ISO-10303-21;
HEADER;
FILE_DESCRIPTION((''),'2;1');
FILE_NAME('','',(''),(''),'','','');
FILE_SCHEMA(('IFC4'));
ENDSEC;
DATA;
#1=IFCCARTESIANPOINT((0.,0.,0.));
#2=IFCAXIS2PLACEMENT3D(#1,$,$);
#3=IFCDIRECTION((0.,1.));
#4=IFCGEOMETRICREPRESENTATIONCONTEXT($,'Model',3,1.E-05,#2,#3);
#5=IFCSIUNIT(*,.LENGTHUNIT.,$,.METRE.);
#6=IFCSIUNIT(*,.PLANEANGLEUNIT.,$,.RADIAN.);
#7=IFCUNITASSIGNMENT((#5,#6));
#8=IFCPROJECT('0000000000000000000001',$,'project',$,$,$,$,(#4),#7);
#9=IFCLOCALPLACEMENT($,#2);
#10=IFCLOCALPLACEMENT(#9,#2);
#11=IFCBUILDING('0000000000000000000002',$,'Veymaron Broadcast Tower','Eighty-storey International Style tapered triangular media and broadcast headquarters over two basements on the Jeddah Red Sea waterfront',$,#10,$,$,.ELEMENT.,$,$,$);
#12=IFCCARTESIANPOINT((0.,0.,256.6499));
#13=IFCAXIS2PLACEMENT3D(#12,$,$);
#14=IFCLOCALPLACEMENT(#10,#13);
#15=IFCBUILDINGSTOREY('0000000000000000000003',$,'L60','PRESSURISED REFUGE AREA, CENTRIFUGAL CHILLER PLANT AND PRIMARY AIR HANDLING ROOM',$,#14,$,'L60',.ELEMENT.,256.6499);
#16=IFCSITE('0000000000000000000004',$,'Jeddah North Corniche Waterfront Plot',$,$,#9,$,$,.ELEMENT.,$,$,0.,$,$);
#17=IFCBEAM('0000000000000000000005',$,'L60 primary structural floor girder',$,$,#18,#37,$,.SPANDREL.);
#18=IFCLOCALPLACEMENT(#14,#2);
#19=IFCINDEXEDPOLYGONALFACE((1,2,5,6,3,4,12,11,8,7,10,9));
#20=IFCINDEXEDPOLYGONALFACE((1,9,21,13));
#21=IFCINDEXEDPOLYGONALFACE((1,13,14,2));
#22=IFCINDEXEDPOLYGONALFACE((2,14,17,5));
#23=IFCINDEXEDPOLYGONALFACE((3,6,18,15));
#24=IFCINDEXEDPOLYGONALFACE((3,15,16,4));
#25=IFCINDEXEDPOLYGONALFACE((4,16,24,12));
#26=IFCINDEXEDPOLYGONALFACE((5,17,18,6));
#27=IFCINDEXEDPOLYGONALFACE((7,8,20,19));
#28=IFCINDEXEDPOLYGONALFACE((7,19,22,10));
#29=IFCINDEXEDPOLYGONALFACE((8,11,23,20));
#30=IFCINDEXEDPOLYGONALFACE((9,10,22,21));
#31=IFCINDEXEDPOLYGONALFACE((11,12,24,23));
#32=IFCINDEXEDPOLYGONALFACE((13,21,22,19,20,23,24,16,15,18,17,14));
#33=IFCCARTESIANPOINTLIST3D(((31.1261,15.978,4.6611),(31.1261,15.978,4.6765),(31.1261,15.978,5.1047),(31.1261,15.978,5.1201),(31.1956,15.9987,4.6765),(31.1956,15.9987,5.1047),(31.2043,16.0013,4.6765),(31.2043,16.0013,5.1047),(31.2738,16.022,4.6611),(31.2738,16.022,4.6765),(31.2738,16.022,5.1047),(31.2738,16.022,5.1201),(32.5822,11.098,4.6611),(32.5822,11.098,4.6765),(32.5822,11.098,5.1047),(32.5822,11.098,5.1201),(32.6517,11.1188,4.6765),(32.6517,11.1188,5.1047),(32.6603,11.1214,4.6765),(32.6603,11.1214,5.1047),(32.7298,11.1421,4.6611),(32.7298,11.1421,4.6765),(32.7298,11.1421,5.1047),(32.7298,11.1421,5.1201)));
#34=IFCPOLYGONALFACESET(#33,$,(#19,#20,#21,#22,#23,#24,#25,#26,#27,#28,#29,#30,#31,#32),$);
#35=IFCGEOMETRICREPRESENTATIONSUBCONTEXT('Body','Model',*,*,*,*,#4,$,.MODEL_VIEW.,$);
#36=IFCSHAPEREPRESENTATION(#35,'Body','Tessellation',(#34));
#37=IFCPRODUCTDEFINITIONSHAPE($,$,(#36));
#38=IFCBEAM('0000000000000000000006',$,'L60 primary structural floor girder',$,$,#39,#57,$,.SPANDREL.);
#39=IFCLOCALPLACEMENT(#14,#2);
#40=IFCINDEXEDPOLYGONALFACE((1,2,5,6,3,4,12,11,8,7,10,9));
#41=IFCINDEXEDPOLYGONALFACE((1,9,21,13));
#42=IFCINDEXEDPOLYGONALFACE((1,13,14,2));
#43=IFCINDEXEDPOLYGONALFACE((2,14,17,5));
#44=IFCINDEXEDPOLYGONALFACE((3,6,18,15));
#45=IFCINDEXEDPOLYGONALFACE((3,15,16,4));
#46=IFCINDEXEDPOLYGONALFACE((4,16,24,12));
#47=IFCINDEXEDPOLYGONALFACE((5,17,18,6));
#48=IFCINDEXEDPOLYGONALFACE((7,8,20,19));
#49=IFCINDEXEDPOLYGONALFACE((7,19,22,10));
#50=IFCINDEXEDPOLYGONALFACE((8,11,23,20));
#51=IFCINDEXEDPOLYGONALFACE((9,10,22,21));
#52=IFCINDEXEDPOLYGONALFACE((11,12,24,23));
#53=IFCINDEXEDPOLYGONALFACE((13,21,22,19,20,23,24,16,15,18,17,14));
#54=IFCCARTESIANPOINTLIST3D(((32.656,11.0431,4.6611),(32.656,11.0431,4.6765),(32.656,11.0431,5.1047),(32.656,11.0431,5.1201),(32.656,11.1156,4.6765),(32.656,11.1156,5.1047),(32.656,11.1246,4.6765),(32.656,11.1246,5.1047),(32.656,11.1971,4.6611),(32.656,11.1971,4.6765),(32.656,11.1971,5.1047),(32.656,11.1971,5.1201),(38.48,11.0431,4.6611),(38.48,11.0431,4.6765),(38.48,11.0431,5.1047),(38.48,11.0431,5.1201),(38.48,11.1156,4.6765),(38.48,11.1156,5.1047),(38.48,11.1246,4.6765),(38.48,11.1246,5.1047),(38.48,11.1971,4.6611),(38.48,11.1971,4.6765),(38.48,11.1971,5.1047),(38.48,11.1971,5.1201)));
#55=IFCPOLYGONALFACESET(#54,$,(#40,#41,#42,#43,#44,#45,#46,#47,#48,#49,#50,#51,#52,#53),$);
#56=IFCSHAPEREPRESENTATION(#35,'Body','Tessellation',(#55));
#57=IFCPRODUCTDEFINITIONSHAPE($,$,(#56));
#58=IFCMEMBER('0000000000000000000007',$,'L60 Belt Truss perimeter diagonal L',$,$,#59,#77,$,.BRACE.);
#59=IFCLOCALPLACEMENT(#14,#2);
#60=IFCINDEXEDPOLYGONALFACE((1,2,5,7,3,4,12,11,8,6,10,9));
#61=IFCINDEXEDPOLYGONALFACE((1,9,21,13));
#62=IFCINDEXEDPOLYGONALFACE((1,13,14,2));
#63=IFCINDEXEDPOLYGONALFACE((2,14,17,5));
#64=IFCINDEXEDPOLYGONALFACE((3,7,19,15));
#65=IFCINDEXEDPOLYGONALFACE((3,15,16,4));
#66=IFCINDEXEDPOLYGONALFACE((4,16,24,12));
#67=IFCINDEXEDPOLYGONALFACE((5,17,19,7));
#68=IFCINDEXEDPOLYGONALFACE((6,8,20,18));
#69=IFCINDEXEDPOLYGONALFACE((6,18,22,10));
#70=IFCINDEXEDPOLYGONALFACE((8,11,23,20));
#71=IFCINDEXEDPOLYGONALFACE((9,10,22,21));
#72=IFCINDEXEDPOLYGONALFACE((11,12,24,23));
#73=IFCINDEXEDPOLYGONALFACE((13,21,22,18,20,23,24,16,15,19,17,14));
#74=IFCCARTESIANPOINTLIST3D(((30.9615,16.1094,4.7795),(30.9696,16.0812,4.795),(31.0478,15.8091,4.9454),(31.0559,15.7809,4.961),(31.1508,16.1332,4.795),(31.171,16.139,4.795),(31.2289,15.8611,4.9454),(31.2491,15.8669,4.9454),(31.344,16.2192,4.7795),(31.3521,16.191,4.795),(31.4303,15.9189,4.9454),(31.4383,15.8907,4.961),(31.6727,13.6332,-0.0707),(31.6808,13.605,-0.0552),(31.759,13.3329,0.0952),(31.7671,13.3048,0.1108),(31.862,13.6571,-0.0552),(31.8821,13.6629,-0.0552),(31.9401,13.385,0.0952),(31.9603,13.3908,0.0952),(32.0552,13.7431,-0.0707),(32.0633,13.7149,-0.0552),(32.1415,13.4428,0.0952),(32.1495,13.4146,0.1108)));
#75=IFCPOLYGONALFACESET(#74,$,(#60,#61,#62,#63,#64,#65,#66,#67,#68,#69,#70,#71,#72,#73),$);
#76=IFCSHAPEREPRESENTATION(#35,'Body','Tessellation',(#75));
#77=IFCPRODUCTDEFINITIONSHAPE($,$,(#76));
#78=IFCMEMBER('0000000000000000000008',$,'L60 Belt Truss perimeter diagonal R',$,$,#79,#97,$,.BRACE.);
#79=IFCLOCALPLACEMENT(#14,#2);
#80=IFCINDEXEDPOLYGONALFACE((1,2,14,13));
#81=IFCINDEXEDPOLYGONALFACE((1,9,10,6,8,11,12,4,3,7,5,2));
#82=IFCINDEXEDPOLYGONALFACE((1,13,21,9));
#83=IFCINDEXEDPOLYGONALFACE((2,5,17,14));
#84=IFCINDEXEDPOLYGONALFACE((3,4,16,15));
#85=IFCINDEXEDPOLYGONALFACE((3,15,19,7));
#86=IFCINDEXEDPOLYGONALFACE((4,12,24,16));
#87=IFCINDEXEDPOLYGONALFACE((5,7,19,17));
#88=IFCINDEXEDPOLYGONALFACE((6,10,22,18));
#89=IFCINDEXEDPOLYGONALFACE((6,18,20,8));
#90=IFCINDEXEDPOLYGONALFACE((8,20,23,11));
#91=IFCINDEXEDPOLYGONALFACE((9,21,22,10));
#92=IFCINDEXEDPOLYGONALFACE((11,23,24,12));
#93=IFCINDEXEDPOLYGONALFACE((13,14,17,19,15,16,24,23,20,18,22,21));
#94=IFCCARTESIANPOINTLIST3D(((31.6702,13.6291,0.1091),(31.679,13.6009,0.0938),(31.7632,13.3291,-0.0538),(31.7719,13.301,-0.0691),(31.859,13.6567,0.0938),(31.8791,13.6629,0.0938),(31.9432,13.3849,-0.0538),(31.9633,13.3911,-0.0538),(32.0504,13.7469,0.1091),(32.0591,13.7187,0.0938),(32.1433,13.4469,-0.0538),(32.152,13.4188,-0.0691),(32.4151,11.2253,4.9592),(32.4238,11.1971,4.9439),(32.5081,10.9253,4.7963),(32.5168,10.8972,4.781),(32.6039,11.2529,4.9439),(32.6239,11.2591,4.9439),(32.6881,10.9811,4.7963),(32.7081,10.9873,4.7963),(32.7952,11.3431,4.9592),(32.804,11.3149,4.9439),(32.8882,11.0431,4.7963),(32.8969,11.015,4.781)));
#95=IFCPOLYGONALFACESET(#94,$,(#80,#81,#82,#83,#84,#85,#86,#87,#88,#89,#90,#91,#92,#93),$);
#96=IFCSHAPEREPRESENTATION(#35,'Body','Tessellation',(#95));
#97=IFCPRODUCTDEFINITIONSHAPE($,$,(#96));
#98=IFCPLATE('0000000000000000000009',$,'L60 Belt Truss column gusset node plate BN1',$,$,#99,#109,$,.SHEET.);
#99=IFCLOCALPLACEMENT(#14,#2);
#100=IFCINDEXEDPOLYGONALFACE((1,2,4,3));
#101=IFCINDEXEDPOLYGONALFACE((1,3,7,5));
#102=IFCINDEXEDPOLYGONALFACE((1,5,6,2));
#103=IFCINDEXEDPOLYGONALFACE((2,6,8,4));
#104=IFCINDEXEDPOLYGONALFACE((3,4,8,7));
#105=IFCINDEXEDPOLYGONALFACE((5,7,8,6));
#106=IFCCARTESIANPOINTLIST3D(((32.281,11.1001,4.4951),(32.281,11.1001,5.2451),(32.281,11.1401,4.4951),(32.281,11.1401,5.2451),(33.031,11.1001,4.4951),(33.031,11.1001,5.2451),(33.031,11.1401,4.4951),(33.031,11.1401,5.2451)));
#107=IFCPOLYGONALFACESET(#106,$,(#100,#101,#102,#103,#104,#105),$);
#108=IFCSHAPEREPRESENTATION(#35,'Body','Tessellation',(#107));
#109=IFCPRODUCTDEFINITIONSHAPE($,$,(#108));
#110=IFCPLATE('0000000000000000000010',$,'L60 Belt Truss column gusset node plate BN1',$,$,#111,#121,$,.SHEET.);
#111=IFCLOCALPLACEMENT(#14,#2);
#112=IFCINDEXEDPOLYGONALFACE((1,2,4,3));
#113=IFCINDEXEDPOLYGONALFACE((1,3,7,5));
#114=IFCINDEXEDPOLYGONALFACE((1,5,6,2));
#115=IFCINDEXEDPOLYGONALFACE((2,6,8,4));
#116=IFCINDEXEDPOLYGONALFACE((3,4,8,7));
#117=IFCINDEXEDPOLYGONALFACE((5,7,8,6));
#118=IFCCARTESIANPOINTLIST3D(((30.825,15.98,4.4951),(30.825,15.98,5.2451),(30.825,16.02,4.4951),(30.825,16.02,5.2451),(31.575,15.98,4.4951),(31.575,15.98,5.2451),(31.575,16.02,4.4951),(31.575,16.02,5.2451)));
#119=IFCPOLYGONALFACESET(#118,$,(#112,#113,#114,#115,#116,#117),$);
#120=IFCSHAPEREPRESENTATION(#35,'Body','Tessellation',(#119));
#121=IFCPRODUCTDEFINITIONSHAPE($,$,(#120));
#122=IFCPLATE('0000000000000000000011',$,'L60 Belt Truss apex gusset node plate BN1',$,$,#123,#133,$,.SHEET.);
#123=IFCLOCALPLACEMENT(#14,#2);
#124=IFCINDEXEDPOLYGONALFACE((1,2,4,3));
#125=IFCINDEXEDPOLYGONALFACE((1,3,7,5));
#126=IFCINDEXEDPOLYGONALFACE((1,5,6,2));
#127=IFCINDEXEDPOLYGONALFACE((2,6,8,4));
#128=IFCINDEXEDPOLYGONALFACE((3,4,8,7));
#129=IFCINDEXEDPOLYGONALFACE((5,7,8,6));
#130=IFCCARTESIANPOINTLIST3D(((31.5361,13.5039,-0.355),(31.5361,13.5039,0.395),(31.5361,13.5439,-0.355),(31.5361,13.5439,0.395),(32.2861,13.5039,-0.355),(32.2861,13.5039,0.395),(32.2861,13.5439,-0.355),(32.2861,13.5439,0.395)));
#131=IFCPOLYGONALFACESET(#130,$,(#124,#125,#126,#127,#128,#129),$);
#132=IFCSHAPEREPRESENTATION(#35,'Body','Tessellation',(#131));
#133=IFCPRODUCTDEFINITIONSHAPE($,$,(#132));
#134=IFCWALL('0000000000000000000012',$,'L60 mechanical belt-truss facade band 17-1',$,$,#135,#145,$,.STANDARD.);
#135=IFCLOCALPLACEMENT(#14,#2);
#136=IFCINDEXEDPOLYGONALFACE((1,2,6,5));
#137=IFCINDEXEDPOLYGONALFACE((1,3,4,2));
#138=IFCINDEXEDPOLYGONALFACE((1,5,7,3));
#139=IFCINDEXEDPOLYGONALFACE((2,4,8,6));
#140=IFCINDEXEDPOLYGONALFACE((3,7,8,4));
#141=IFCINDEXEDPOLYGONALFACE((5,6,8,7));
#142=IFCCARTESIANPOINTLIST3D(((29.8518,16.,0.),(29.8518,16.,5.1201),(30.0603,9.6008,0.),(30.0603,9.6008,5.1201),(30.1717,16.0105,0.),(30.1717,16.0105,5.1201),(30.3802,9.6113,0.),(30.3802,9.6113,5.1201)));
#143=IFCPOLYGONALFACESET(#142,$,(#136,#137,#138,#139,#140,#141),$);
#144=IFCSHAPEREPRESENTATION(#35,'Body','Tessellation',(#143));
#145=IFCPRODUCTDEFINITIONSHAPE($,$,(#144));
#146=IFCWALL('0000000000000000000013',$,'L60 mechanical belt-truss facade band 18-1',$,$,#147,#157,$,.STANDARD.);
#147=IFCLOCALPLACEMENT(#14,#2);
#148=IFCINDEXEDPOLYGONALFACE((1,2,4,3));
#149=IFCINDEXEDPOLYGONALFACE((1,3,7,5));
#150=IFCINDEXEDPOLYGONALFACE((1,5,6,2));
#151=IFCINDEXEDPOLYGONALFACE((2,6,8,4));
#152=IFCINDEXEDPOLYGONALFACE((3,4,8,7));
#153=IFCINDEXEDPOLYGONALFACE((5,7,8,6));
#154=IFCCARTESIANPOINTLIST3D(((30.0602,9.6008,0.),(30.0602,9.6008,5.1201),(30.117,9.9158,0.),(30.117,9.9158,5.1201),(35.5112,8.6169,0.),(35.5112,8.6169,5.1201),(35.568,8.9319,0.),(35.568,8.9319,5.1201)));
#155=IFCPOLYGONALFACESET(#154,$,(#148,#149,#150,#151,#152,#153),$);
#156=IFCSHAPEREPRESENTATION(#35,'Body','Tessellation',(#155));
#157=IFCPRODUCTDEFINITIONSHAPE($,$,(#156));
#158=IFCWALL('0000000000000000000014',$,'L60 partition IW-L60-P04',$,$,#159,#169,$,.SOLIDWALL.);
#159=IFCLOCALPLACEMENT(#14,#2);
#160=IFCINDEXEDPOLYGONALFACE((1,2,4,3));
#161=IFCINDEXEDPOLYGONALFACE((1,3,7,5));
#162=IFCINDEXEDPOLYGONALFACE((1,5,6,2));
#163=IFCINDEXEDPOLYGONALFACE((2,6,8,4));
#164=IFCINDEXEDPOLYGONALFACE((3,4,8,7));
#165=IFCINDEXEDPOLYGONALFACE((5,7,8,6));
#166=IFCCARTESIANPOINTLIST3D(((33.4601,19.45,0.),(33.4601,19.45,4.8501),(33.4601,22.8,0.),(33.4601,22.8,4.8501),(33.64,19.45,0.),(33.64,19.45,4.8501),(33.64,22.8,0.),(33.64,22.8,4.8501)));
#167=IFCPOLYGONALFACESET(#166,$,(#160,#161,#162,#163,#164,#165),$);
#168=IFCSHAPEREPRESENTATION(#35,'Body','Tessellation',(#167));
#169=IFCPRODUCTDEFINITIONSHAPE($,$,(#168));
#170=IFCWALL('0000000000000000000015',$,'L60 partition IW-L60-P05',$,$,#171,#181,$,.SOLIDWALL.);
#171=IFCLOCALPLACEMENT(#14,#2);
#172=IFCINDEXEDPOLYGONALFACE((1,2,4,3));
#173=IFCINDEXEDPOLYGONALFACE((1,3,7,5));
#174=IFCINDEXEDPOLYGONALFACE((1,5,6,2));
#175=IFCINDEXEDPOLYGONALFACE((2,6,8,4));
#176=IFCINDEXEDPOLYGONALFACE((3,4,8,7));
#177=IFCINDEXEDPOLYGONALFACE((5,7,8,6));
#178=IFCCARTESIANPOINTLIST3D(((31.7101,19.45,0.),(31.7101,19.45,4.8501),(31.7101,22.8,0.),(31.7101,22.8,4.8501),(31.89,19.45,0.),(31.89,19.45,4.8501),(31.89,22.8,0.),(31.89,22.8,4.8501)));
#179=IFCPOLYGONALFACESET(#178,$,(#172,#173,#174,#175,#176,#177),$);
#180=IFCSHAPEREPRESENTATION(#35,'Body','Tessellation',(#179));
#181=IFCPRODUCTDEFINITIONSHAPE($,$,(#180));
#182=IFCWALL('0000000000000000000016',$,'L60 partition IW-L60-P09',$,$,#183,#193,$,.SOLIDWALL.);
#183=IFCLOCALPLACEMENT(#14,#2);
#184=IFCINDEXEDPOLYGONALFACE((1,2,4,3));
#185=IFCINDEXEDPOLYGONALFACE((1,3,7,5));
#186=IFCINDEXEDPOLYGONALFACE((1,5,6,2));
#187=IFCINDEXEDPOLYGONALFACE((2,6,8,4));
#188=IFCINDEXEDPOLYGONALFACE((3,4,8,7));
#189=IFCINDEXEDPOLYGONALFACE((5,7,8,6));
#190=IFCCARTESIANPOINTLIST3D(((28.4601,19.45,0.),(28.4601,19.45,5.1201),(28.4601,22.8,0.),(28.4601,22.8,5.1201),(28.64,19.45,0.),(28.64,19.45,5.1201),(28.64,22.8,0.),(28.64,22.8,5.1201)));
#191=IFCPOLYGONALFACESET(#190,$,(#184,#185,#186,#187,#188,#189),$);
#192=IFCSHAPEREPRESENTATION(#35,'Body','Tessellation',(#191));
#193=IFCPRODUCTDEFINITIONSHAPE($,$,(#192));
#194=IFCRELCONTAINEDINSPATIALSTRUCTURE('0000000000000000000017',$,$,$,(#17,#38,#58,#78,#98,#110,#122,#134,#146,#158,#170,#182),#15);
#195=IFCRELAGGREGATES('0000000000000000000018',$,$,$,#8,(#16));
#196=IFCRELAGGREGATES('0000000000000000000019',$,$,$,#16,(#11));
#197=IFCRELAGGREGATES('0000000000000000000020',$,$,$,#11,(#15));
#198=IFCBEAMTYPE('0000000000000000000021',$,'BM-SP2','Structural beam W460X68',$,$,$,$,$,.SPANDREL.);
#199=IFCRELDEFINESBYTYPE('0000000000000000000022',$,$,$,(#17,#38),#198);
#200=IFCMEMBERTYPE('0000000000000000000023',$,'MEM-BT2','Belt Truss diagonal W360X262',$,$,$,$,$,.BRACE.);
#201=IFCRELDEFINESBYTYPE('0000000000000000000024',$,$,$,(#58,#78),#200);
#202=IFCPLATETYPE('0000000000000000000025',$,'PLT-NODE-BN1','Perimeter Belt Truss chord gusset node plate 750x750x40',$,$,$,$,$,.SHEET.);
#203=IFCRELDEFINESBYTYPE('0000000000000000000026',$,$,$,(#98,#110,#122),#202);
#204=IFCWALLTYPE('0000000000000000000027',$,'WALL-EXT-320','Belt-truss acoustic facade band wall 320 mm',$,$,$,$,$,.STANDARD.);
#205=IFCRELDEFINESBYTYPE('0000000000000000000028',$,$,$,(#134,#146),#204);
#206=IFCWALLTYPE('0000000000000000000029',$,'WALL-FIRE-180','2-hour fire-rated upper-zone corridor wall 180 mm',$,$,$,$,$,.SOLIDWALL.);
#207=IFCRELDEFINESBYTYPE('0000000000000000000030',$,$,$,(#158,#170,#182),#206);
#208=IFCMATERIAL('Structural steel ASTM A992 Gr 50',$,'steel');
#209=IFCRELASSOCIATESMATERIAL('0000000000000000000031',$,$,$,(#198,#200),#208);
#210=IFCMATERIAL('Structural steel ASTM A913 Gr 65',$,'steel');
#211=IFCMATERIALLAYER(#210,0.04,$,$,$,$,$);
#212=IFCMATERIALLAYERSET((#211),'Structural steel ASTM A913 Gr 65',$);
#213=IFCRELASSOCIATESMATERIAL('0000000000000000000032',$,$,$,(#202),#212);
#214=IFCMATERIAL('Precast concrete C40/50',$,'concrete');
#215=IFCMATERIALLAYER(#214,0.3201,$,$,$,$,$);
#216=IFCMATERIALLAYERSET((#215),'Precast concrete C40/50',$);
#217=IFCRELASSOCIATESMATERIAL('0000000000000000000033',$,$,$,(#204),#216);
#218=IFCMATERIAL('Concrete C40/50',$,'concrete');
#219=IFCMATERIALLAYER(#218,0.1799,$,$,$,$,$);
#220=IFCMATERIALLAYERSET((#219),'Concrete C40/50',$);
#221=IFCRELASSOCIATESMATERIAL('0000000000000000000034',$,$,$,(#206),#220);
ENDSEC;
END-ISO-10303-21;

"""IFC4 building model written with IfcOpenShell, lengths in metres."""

from ifc_helpers import new_model, si_unit, direction, frame, frame_2d, origin, origin_2d, place, context, subcontext, project, spatial, rectangle, i_section, extrude, material, layer, layer_set, material_profile, profile_set, type_object, element, save


model = new_model("IFC4")

# Units and contexts
model_context = context("Model", 3, precision=1e-05, world=origin(), true_north=direction((0.0, 1.0)))
body_context = subcontext(model_context, "Body", "Model", "MODEL_VIEW")
ifc_project = project(units=[si_unit("LENGTHUNIT", "METRE"), si_unit("PLANEANGLEUNIT", "RADIAN")], contexts=[model_context])

# Site, building, storey
site_placement = place(None, origin())
site = spatial("IfcSite", under=ifc_project, at=site_placement, Name="Jeddah North Corniche Waterfront Plot", CompositionType="ELEMENT", RefElevation=0.0)
building_placement = place(site_placement, origin())
building = spatial("IfcBuilding", under=site, at=building_placement, Name="Veymaron Broadcast Tower", Description="Eighty-storey International Style tapered triangular media and broadcast headquarters over two basements on the Jeddah Red Sea waterfront", CompositionType="ELEMENT")
storey_placement = place(building_placement, frame((0.0, 0.0, 256.6499)))
storey = spatial("IfcBuildingStorey", under=building, at=storey_placement, Name="L60", Description="PRESSURISED REFUGE AREA, CENTRIFUGAL CHILLER PLANT AND PRIMARY AIR HANDLING ROOM", LongName="L60", CompositionType="ELEMENT", Elevation=256.6499)

# Shared definitions
ifc_material_1 = material(Name="Structural steel ASTM A992 Gr 50", Category="steel")
ifc_material_2 = material(Name="Structural steel ASTM A913 Gr 65", Category="steel")

# Beams
ifc_material_profile_1 = material_profile(ifc_material_1, i_section(OverallWidth=0.1541, OverallDepth=0.459, WebThickness=0.009, FlangeThickness=0.0154, at=origin_2d()), Name="W460X68")
ifc_profile_set_1 = profile_set([ifc_material_profile_1], Name="Structural steel ASTM A992 Gr 50")
beam_type_1 = type_object("IfcBeamType", Name="BM-SP2", Description="Structural beam W460X68", PredefinedType="SPANDREL", material=ifc_profile_set_1)
beam_1_placement = place(storey_placement, frame((31.2, 16.0, 4.8906), z_axis=(0.285923, -0.958253, 0.0), x_axis=(0.958253, 0.285923, 0.0)))
element("IfcBeam", 1, at=beam_1_placement, inside=storey, type_object=beam_type_1, Name="L60 primary structural floor girder", PredefinedType="SPANDREL", context=body_context, shape_type="SweptSolid", body=[
    extrude(i_section(OverallWidth=0.1541, OverallDepth=0.459, WebThickness=0.009, FlangeThickness=0.0154, at=origin_2d()), origin(), (0.0, 0.0, 1.0), 5.0925),
])
beam_2_placement = place(storey_placement, frame((32.656, 11.1201, 4.8906), z_axis=(1.0, 0.0, 0.0), x_axis=(0.0, 1.0, 0.0)))
element("IfcBeam", 2, at=beam_2_placement, inside=storey, type_object=beam_type_1, Name="L60 primary structural floor girder", PredefinedType="SPANDREL", context=body_context, shape_type="SweptSolid", body=[
    extrude(i_section(OverallWidth=0.1541, OverallDepth=0.459, WebThickness=0.009, FlangeThickness=0.0154, at=origin_2d()), origin(), (0.0, 0.0, 1.0), 5.824),
])

# Members
ifc_material_profile_2 = material_profile(ifc_material_1, i_section(OverallWidth=0.3979, OverallDepth=0.387, WebThickness=0.021, FlangeThickness=0.0332, at=origin_2d()), Name="W360X262")
ifc_profile_set_2 = profile_set([ifc_material_profile_2], Name="Structural steel ASTM A992 Gr 50")
member_type = type_object("IfcMemberType", Name="MEM-BT2", Description="Belt Truss diagonal W360X262", PredefinedType="BRACE", material=ifc_profile_set_2)
member_1_placement = place(storey_placement, frame((31.9111, 13.5239, 0.02), z_axis=(-0.129498, 0.450865, 0.883148), x_axis=(-0.96114, -0.27606, 0.0)))
element("IfcMember", 3, at=member_1_placement, inside=storey, type_object=member_type, Name="L60 Belt Truss perimeter diagonal L", PredefinedType="BRACE", context=body_context, shape_type="SweptSolid", body=[
    extrude(i_section(OverallWidth=0.3979, OverallDepth=0.387, WebThickness=0.021, FlangeThickness=0.0332, at=origin_2d()), origin(), (0.0, 0.0, 1.0), 5.4919),
])
member_2_placement = place(storey_placement, frame((31.9111, 13.5239, 0.02), z_axis=(0.136321, -0.439926, 0.887627), x_axis=(0.955192, 0.295987, 0.0)))
element("IfcMember", 4, at=member_2_placement, inside=storey, type_object=member_type, Name="L60 Belt Truss perimeter diagonal R", PredefinedType="BRACE", context=body_context, shape_type="SweptSolid", body=[
    extrude(i_section(OverallWidth=0.3979, OverallDepth=0.387, WebThickness=0.021, FlangeThickness=0.0332, at=origin_2d()), origin(), (0.0, 0.0, 1.0), 5.4641),
])

# Plates
ifc_layer_1 = layer(ifc_material_2, 0.04)
ifc_layer_set_1 = layer_set([ifc_layer_1], Name="Structural steel ASTM A913 Gr 65")
plate_type = type_object("IfcPlateType", Name="PLT-NODE-BN1", Description="Perimeter Belt Truss chord gusset node plate 750x750x40", PredefinedType="SHEET", material=ifc_layer_set_1)
for number, where, z_axis, x_axis, name in (
    (5, (32.656, 11.1201, 4.4951), (0.0, 0.0, 1.0), (1.0, 0.0, 0.0), "L60 Belt Truss column gusset node plate BN1"),
    (6, (31.2, 16.0, 4.4951), (0.0, 0.0, 1.0), (1.0, 0.0, 0.0), "L60 Belt Truss column gusset node plate BN1"),
    (7, (31.9111, 13.5239, -0.355), (0.0, 0.0, 1.0), (1.0, 0.0, 0.0), "L60 Belt Truss apex gusset node plate BN1"),
):
    element("IfcPlate", number, at=place(storey_placement, frame(where, z_axis=z_axis, x_axis=x_axis)), inside=storey, type_object=plate_type, Name=name, PredefinedType="SHEET", context=body_context, shape_type="SweptSolid", body=[
        extrude(rectangle(XDim=0.75, YDim=0.04, at=origin_2d()), origin(), (0.0, 0.0, 1.0), 0.75),
    ])

# Walls
ifc_material_3 = material(Name="Precast concrete C40/50", Category="concrete")
ifc_layer_2 = layer(ifc_material_3, 0.3201)
ifc_layer_set_2 = layer_set([ifc_layer_2], Name="Precast concrete C40/50")
wall_type_1 = type_object("IfcWallType", Name="WALL-EXT-320", Description="Belt-truss acoustic facade band wall 320 mm", PredefinedType="STANDARD", material=ifc_layer_set_2)
wall_1_placement = place(storey_placement, frame((30.0117, 16.0051, 0.0), z_axis=(0.0, 0.0, 1.0), x_axis=(0.032564, -0.99947, 0.0)))
element("IfcWall", 8, at=wall_1_placement, inside=storey, type_object=wall_type_1, Name="L60 mechanical belt-truss facade band 17-1", PredefinedType="STANDARD", context=body_context, shape_type="SweptSolid", body=[
    extrude(rectangle(XDim=6.4026, YDim=0.3201, at=frame_2d((3.2012, 0.0))), origin(), (0.0, 0.0, 1.0), 5.1201),
])
wall_2_placement = place(storey_placement, frame((30.0886, 9.7583, 0.0), z_axis=(0.0, 0.0, 1.0), x_axis=(0.984098, -0.177629, 0.0)))
element("IfcWall", 9, at=wall_2_placement, inside=storey, type_object=wall_type_1, Name="L60 mechanical belt-truss facade band 18-1", PredefinedType="STANDARD", context=body_context, shape_type="SweptSolid", body=[
    extrude(rectangle(XDim=5.5391, YDim=0.3201, at=frame_2d((2.7695, 0.0))), origin(), (0.0, 0.0, 1.0), 5.1201),
])

# Shared definitions
ifc_material_4 = material(Name="Concrete C40/50", Category="concrete")
ifc_layer_3 = layer(ifc_material_4, 0.1799)
ifc_layer_set_3 = layer_set([ifc_layer_3], Name="Concrete C40/50")
wall_type_2 = type_object("IfcWallType", Name="WALL-FIRE-180", Description="2-hour fire-rated upper-zone corridor wall 180 mm", PredefinedType="SOLIDWALL", material=ifc_layer_set_3)

# Walls
for number, where, z_axis, x_axis, name in (
    (10, (33.55, 19.45, 0.0), (0.0, 0.0, 1.0), (0.0, 1.0, 0.0), "L60 partition IW-L60-P04"),
    (11, (31.8, 19.45, 0.0), (0.0, 0.0, 1.0), (0.0, 1.0, 0.0), "L60 partition IW-L60-P05"),
):
    element("IfcWall", number, at=place(storey_placement, frame(where, z_axis=z_axis, x_axis=x_axis)), inside=storey, type_object=wall_type_2, Name=name, PredefinedType="SOLIDWALL", context=body_context, shape_type="SweptSolid", body=[
        extrude(rectangle(XDim=3.3501, YDim=0.1799, at=frame_2d((1.675, 0.0))), origin(), (0.0, 0.0, 1.0), 4.8501),
    ])
wall_3_placement = place(storey_placement, frame((28.55, 19.45, 0.0), z_axis=(0.0, 0.0, 1.0), x_axis=(0.0, 1.0, 0.0)))
element("IfcWall", 12, at=wall_3_placement, inside=storey, type_object=wall_type_2, Name="L60 partition IW-L60-P09", PredefinedType="SOLIDWALL", context=body_context, shape_type="SweptSolid", body=[
    extrude(rectangle(XDim=3.3501, YDim=0.1799, at=frame_2d((1.675, 0.0))), origin(), (0.0, 0.0, 1.0), 5.1201),
])

save(model, "model.ifc")
